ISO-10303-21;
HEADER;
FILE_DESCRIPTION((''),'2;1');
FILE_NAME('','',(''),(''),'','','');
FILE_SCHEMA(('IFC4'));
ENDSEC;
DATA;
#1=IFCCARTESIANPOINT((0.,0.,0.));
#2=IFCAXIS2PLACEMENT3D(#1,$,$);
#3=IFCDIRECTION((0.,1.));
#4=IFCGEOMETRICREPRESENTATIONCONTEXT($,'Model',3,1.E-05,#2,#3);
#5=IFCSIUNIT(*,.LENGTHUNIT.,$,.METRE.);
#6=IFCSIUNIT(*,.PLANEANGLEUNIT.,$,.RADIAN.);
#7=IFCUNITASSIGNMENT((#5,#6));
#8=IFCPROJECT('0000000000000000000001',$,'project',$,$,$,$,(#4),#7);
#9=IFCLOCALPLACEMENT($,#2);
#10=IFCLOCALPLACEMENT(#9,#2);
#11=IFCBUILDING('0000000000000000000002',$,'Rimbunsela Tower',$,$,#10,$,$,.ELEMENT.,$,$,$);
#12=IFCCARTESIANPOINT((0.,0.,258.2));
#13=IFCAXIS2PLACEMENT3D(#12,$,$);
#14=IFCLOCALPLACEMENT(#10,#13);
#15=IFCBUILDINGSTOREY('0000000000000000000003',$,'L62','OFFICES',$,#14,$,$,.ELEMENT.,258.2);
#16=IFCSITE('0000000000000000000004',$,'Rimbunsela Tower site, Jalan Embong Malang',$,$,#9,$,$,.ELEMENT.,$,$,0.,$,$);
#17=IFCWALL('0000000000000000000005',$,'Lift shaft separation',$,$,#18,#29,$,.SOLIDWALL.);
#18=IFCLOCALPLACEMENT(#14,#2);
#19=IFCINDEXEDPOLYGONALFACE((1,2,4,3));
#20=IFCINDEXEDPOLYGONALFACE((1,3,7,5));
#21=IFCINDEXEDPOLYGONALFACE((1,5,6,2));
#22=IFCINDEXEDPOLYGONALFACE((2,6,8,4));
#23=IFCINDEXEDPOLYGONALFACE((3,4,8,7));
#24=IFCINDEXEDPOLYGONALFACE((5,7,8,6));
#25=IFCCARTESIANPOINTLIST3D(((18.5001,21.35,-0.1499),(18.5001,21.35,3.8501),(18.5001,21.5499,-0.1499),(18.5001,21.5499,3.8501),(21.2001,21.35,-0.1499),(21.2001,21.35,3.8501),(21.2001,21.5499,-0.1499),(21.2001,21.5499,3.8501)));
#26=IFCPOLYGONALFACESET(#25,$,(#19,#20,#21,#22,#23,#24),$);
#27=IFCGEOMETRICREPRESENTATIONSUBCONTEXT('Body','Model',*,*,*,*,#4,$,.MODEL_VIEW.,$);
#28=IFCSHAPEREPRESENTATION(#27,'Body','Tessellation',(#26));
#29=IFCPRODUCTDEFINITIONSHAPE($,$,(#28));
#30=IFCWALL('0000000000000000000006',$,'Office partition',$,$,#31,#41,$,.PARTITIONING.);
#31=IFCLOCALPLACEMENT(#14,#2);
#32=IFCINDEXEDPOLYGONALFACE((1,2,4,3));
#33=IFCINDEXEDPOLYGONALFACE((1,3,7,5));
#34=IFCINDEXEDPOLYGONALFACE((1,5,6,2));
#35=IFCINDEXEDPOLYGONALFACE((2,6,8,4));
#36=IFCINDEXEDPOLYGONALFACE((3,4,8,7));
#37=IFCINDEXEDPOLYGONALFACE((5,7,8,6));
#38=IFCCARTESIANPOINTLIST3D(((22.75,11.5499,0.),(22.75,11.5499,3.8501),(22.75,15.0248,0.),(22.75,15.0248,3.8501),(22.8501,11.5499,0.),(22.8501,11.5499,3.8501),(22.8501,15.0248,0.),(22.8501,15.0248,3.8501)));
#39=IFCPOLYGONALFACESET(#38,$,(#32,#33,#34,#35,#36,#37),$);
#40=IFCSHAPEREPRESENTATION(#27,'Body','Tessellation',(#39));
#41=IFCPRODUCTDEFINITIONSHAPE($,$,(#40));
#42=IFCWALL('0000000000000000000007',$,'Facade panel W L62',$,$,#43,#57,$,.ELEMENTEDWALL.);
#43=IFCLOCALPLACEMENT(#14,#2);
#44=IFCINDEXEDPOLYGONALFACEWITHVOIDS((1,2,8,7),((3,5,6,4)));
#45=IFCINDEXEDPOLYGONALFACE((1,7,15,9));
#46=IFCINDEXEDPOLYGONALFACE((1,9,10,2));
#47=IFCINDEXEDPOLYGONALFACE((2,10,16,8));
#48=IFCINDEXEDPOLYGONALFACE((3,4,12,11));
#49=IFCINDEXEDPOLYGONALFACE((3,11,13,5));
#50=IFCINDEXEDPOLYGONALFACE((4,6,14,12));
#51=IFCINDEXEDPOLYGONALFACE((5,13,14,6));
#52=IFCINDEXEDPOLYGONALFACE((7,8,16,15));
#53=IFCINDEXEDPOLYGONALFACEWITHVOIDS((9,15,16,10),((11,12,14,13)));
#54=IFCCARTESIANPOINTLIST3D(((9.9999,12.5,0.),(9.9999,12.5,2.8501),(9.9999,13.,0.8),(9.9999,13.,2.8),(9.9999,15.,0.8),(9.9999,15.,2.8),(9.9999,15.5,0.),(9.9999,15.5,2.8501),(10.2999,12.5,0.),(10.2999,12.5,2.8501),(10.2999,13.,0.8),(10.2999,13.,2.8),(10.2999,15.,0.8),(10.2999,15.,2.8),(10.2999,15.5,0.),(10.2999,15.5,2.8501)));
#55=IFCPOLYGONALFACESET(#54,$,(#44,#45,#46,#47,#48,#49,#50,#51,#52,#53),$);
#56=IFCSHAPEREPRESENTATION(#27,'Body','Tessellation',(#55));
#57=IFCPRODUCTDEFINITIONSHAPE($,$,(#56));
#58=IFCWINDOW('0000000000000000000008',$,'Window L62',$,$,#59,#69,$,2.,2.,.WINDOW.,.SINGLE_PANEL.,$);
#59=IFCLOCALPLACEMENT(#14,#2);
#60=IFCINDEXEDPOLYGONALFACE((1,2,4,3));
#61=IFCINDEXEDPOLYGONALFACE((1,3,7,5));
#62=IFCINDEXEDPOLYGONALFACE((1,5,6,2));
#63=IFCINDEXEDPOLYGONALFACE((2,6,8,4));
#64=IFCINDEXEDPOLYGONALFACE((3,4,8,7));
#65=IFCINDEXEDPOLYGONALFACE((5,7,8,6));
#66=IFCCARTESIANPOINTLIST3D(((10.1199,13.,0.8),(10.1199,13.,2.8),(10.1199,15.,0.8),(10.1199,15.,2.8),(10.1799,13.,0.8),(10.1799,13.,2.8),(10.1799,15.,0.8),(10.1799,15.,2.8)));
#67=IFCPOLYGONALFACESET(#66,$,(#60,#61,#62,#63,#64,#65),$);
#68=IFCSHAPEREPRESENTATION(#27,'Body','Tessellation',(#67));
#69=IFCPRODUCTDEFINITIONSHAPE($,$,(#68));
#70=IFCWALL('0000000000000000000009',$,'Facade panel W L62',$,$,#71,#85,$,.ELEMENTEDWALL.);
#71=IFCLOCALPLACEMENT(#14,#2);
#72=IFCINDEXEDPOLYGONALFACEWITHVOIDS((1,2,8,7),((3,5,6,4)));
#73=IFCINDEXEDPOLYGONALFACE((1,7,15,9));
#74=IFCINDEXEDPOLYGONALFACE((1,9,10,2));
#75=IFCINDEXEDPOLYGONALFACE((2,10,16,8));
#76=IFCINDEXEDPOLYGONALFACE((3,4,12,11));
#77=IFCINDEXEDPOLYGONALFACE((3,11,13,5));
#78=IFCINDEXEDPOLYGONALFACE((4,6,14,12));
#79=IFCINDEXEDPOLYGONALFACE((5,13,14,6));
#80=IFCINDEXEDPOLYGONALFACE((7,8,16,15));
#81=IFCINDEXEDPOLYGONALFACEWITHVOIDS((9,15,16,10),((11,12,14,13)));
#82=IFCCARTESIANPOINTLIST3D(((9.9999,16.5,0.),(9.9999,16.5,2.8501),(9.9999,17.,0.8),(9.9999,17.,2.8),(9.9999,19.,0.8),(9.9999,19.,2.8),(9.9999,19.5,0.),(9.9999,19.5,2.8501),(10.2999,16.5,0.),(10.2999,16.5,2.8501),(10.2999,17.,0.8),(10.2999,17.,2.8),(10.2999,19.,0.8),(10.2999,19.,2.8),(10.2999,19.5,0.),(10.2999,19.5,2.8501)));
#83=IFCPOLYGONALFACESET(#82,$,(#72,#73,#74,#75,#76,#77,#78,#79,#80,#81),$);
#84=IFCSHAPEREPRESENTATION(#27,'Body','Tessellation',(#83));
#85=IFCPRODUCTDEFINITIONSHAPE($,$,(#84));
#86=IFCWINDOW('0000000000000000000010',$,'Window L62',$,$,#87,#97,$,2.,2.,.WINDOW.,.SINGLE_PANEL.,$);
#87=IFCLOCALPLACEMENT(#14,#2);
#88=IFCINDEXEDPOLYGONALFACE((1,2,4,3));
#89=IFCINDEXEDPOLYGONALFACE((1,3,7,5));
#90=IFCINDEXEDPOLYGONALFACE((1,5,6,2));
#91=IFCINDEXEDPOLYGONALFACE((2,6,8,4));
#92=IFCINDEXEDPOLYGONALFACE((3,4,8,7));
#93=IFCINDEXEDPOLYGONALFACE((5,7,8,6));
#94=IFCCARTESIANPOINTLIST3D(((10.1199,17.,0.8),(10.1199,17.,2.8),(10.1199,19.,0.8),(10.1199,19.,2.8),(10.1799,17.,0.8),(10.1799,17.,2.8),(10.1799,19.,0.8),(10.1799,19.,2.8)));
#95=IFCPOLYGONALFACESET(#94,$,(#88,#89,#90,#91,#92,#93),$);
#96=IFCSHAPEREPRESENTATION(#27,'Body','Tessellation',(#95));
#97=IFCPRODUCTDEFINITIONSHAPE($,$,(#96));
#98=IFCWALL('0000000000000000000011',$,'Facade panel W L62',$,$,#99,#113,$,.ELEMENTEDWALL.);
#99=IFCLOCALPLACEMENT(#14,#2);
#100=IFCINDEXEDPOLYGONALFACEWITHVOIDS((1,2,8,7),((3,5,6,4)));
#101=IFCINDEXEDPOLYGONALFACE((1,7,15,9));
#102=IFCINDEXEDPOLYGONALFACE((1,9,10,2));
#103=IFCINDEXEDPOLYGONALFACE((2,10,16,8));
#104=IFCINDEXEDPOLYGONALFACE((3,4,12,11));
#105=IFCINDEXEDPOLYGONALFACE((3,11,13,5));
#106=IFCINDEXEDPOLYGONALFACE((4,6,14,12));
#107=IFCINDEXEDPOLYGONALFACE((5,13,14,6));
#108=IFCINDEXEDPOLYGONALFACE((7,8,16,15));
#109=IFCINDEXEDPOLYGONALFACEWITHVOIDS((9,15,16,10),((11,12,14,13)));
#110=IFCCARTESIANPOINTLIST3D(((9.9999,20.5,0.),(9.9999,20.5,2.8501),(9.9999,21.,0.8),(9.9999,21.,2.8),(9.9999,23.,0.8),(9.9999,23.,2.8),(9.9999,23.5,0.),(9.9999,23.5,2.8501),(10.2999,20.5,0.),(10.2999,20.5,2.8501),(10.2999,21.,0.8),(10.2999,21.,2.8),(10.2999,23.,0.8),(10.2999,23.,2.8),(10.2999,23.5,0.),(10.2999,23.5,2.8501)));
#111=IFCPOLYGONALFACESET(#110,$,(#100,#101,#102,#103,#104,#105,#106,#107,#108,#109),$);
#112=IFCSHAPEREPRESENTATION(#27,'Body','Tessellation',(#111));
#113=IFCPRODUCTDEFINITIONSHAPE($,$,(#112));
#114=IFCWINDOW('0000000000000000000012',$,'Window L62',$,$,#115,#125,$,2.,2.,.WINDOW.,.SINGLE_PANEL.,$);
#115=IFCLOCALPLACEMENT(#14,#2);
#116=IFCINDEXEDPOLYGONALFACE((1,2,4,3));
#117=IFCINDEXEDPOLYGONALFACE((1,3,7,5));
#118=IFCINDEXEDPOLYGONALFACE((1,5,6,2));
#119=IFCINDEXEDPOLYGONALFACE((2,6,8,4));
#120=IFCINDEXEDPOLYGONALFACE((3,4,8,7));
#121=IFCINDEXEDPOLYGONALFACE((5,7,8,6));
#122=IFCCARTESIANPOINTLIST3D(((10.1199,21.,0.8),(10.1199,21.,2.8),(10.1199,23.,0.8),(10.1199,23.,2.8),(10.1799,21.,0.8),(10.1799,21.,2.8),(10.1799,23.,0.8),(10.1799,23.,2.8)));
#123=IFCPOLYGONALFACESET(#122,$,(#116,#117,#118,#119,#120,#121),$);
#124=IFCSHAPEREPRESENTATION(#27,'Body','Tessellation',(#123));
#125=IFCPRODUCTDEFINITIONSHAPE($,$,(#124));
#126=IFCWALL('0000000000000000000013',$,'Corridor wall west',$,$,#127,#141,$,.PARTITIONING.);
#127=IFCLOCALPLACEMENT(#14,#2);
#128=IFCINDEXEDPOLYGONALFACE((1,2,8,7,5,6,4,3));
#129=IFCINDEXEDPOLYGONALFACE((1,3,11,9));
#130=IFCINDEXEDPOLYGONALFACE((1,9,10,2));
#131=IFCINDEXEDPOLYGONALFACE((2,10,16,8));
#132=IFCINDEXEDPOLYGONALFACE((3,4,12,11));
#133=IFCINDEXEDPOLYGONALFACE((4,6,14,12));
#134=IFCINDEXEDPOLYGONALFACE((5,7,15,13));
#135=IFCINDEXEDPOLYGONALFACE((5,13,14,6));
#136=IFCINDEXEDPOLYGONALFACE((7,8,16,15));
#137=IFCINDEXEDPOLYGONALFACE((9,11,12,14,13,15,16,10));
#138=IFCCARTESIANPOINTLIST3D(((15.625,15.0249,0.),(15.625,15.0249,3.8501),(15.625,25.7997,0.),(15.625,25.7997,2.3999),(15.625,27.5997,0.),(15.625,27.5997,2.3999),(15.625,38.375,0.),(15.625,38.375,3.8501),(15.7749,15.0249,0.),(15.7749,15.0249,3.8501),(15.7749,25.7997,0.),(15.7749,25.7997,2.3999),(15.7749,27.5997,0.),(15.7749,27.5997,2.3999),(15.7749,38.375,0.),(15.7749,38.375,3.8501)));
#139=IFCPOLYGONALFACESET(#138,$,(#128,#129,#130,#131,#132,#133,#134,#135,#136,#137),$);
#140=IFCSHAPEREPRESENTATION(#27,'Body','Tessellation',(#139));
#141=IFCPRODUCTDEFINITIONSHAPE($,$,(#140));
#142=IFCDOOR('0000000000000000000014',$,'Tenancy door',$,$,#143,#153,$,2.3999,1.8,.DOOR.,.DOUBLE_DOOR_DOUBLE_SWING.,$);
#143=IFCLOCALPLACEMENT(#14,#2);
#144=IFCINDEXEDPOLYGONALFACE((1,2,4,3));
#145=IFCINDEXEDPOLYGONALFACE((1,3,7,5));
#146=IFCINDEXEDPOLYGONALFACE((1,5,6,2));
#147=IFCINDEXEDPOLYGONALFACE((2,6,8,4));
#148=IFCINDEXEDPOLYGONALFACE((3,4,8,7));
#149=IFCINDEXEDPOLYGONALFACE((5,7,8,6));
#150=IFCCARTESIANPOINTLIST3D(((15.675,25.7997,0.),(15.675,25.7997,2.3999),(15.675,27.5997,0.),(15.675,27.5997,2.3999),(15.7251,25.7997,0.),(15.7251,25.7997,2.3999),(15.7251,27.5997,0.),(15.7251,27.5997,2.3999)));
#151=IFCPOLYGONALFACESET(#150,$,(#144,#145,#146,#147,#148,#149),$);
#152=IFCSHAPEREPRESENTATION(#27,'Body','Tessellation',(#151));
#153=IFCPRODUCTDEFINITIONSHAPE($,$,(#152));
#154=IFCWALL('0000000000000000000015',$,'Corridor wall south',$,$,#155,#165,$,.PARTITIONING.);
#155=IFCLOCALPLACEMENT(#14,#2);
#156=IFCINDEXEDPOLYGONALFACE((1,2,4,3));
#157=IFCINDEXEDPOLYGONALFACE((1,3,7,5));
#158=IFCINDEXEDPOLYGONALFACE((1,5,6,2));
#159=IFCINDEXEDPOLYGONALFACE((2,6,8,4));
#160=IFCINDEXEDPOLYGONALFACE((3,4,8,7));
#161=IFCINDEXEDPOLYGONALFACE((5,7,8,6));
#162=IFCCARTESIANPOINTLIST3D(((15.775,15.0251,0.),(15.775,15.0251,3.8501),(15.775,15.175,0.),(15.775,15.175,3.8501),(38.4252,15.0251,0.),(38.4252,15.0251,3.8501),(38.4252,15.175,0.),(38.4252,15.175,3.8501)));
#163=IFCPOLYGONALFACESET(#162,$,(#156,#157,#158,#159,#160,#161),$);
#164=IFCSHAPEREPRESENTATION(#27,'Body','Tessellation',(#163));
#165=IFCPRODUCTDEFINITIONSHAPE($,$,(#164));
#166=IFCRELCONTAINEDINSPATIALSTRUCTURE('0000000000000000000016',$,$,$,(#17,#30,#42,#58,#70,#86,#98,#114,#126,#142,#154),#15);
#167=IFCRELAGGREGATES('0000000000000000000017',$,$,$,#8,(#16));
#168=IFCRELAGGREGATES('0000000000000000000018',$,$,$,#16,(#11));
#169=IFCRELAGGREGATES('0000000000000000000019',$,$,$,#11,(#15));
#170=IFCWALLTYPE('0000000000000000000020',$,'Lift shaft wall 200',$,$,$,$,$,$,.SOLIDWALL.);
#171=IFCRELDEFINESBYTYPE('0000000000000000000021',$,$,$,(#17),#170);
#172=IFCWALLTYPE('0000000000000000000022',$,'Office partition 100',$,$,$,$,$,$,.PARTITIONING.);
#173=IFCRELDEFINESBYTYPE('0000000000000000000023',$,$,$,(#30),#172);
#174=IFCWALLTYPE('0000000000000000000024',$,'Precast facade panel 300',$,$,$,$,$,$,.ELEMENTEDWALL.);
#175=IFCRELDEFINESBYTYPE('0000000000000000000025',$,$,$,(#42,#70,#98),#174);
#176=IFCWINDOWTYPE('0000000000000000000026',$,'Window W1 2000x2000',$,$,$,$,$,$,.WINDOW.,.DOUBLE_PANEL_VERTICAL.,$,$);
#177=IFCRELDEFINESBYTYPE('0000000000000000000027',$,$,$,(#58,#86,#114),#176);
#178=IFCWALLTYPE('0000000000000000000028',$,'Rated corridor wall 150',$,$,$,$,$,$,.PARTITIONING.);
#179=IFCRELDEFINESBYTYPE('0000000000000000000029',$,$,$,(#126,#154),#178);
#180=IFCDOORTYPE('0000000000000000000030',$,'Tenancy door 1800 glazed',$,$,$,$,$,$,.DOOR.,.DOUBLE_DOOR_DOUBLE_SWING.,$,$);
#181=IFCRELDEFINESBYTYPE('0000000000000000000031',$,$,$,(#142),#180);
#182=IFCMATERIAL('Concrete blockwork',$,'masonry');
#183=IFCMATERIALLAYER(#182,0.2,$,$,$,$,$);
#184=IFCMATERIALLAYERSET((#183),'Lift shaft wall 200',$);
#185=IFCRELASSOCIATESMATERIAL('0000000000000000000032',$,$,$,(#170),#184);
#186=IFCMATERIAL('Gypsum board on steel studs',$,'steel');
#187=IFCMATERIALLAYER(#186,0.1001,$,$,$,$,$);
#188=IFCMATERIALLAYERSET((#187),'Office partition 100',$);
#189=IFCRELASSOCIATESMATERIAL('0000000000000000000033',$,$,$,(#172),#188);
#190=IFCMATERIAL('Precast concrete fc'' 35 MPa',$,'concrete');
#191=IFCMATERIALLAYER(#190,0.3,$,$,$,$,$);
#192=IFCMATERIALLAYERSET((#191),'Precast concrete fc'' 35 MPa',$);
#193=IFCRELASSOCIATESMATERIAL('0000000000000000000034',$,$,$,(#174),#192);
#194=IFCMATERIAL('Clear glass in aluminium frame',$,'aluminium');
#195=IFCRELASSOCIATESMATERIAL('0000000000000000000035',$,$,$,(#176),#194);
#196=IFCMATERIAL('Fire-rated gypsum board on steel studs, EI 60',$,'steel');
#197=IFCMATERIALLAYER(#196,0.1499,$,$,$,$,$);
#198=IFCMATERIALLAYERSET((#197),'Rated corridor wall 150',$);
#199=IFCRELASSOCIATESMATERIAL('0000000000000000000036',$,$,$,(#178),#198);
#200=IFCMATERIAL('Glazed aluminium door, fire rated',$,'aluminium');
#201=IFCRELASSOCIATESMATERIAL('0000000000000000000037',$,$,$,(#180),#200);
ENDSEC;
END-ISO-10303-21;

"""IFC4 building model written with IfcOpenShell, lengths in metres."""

from ifc_helpers import new_model, si_unit, direction, frame, frame_2d, origin, place, context, subcontext, project, spatial, rectangle, extrude, material, layer, layer_set, type_object, element, fill, save


model = new_model("IFC4")

# Units and contexts
model_context = context("Model", 3, precision=1e-05, world=origin(), true_north=direction((0.0, 1.0)))
body_context = subcontext(model_context, "Body", "Model", "MODEL_VIEW")
ifc_project = project(units=[si_unit("LENGTHUNIT", "METRE"), si_unit("PLANEANGLEUNIT", "RADIAN")], contexts=[model_context])

# Site, building, storey
site_placement = place(None, origin())
site = spatial("IfcSite", under=ifc_project, at=site_placement, Name="Rimbunsela Tower site, Jalan Embong Malang", CompositionType="ELEMENT", RefElevation=0.0)
building_placement = place(site_placement, origin())
building = spatial("IfcBuilding", under=site, at=building_placement, Name="Rimbunsela Tower", CompositionType="ELEMENT")
storey_placement = place(building_placement, frame((0.0, 0.0, 258.2)))
storey = spatial("IfcBuildingStorey", under=building, at=storey_placement, Name="L62", Description="OFFICES", CompositionType="ELEMENT", Elevation=258.2)

# Walls
ifc_material_1 = material(Name="Concrete blockwork", Category="masonry")
ifc_layer_1 = layer(ifc_material_1, 0.2)
ifc_layer_set_1 = layer_set([ifc_layer_1], Name="Lift shaft wall 200")
wall_type_1 = type_object("IfcWallType", Name="Lift shaft wall 200", PredefinedType="SOLIDWALL", material=ifc_layer_set_1)
wall_1_placement = place(storey_placement, frame((18.5, 21.45, -0.1499), z_axis=(0.0, 0.0, 1.0), x_axis=(1.0, 0.0, 0.0)))
element("IfcWall", 1, at=wall_1_placement, inside=storey, type_object=wall_type_1, Name="Lift shaft separation", PredefinedType="SOLIDWALL", context=body_context, shape_type="SweptSolid", body=[
    extrude(rectangle(XDim=2.7, YDim=0.2, at=frame_2d((1.3501, 0.0))), origin(), (0.0, 0.0, 1.0), 4.0),
])
ifc_material_2 = material(Name="Gypsum board on steel studs", Category="steel")
ifc_layer_2 = layer(ifc_material_2, 0.1001)
ifc_layer_set_2 = layer_set([ifc_layer_2], Name="Office partition 100")
wall_type_2 = type_object("IfcWallType", Name="Office partition 100", PredefinedType="PARTITIONING", material=ifc_layer_set_2)
wall_2_placement = place(storey_placement, frame((22.8, 11.55, 0.0), z_axis=(0.0, 0.0, 1.0), x_axis=(0.0, 1.0, 0.0)))
element("IfcWall", 2, at=wall_2_placement, inside=storey, type_object=wall_type_2, Name="Office partition", PredefinedType="PARTITIONING", context=body_context, shape_type="SweptSolid", body=[
    extrude(rectangle(XDim=3.4749, YDim=0.1001, at=frame_2d((1.7373, 0.0))), origin(), (0.0, 0.0, 1.0), 3.8501),
])

# Walls, openings, windows
ifc_material_3 = material(Name="Precast concrete fc' 35 MPa", Category="concrete")
ifc_layer_3 = layer(ifc_material_3, 0.3)
ifc_layer_set_3 = layer_set([ifc_layer_3], Name="Precast concrete fc' 35 MPa")
wall_type_3 = type_object("IfcWallType", Name="Precast facade panel 300", PredefinedType="ELEMENTEDWALL", material=ifc_layer_set_3)
wall_3_placement = place(storey_placement, frame((10.1499, 15.5, 0.0), z_axis=(0.0, 0.0, 1.0), x_axis=(0.0, -1.0, 0.0)))
wall_3 = element("IfcWall", 3, at=wall_3_placement, inside=storey, type_object=wall_type_3, Name="Facade panel W L62", PredefinedType="ELEMENTEDWALL", context=body_context, shape_type="SweptSolid", body=[
    extrude(rectangle(XDim=3.0, YDim=0.3, at=frame_2d((1.5, 0.0))), origin(), (0.0, 0.0, 1.0), 2.8501),
])
opening_1_placement = place(wall_3_placement, frame((0.5, 0.0, 0.8)))
opening_1 = element("IfcOpeningElement", 4, at=opening_1_placement, cuts=wall_3, PredefinedType="OPENING", context=body_context, shape_type="SweptSolid", body=[
    extrude(rectangle(XDim=2.0, YDim=2.0, at=frame_2d((1.0, 1.0))), frame((0.0, 0.1599, 0.0), z_axis=(0.0, -1.0, 0.0), x_axis=(1.0, 0.0, 0.0)), (0.0, 0.0, 1.0), 0.3201),
])
ifc_material_4 = material(Name="Clear glass in aluminium frame", Category="aluminium")
window_type = type_object("IfcWindowType", Name="Window W1 2000x2000", PartitioningType="DOUBLE_PANEL_VERTICAL", PredefinedType="WINDOW", material=ifc_material_4)
window_1_placement = place(opening_1_placement, origin())
window_1 = element("IfcWindow", 5, at=window_1_placement, inside=storey, type_object=window_type, Name="Window L62", OverallHeight=2.0, OverallWidth=2.0, PartitioningType="SINGLE_PANEL", PredefinedType="WINDOW", context=body_context, shape_type="SweptSolid", body=[
    extrude(rectangle(XDim=2.0, YDim=2.0, at=frame_2d((1.0, 1.0))), frame((0.0, 0.03, 0.0), z_axis=(0.0, -1.0, 0.0), x_axis=(1.0, 0.0, 0.0)), (0.0, 0.0, 1.0), 0.0601),
])
fill(opening_1, window_1)
wall_4_placement = place(storey_placement, frame((10.1499, 19.5, 0.0), z_axis=(0.0, 0.0, 1.0), x_axis=(0.0, -1.0, 0.0)))
wall_4 = element("IfcWall", 6, at=wall_4_placement, inside=storey, type_object=wall_type_3, Name="Facade panel W L62", PredefinedType="ELEMENTEDWALL", context=body_context, shape_type="SweptSolid", body=[
    extrude(rectangle(XDim=3.0, YDim=0.3, at=frame_2d((1.5, 0.0))), origin(), (0.0, 0.0, 1.0), 2.8501),
])
opening_2_placement = place(wall_4_placement, frame((0.5, 0.0, 0.8)))
opening_2 = element("IfcOpeningElement", 7, at=opening_2_placement, cuts=wall_4, PredefinedType="OPENING", context=body_context, shape_type="SweptSolid", body=[
    extrude(rectangle(XDim=2.0, YDim=2.0, at=frame_2d((1.0, 1.0))), frame((0.0, 0.1599, 0.0), z_axis=(0.0, -1.0, 0.0), x_axis=(1.0, 0.0, 0.0)), (0.0, 0.0, 1.0), 0.3201),
])
window_2_placement = place(opening_2_placement, origin())
window_2 = element("IfcWindow", 8, at=window_2_placement, inside=storey, type_object=window_type, Name="Window L62", OverallHeight=2.0, OverallWidth=2.0, PartitioningType="SINGLE_PANEL", PredefinedType="WINDOW", context=body_context, shape_type="SweptSolid", body=[
    extrude(rectangle(XDim=2.0, YDim=2.0, at=frame_2d((1.0, 1.0))), frame((0.0, 0.03, 0.0), z_axis=(0.0, -1.0, 0.0), x_axis=(1.0, 0.0, 0.0)), (0.0, 0.0, 1.0), 0.0601),
])
fill(opening_2, window_2)
wall_5_placement = place(storey_placement, frame((10.1499, 23.5, 0.0), z_axis=(0.0, 0.0, 1.0), x_axis=(0.0, -1.0, 0.0)))
wall_5 = element("IfcWall", 9, at=wall_5_placement, inside=storey, type_object=wall_type_3, Name="Facade panel W L62", PredefinedType="ELEMENTEDWALL", context=body_context, shape_type="SweptSolid", body=[
    extrude(rectangle(XDim=3.0, YDim=0.3, at=frame_2d((1.5, 0.0))), origin(), (0.0, 0.0, 1.0), 2.8501),
])
opening_3_placement = place(wall_5_placement, frame((0.5, 0.0, 0.8)))
opening_3 = element("IfcOpeningElement", 10, at=opening_3_placement, cuts=wall_5, PredefinedType="OPENING", context=body_context, shape_type="SweptSolid", body=[
    extrude(rectangle(XDim=2.0, YDim=2.0, at=frame_2d((1.0, 1.0))), frame((0.0, 0.1599, 0.0), z_axis=(0.0, -1.0, 0.0), x_axis=(1.0, 0.0, 0.0)), (0.0, 0.0, 1.0), 0.3201),
])
window_3_placement = place(opening_3_placement, origin())
window_3 = element("IfcWindow", 11, at=window_3_placement, inside=storey, type_object=window_type, Name="Window L62", OverallHeight=2.0, OverallWidth=2.0, PartitioningType="SINGLE_PANEL", PredefinedType="WINDOW", context=body_context, shape_type="SweptSolid", body=[
    extrude(rectangle(XDim=2.0, YDim=2.0, at=frame_2d((1.0, 1.0))), frame((0.0, 0.03, 0.0), z_axis=(0.0, -1.0, 0.0), x_axis=(1.0, 0.0, 0.0)), (0.0, 0.0, 1.0), 0.0601),
])
fill(opening_3, window_3)

# Wall, opening, door
ifc_material_5 = material(Name="Fire-rated gypsum board on steel studs, EI 60", Category="steel")
ifc_layer_4 = layer(ifc_material_5, 0.1499)
ifc_layer_set_4 = layer_set([ifc_layer_4], Name="Rated corridor wall 150")
wall_type_4 = type_object("IfcWallType", Name="Rated corridor wall 150", PredefinedType="PARTITIONING", material=ifc_layer_set_4)
wall_6_placement = place(storey_placement, frame((15.7, 15.0249, 0.0), z_axis=(0.0, 0.0, 1.0), x_axis=(0.0, 1.0, 0.0)))
wall_6 = element("IfcWall", 12, at=wall_6_placement, inside=storey, type_object=wall_type_4, Name="Corridor wall west", PredefinedType="PARTITIONING", context=body_context, shape_type="SweptSolid", body=[
    extrude(rectangle(XDim=23.3501, YDim=0.1499, at=frame_2d((11.675, 0.0))), origin(), (0.0, 0.0, 1.0), 3.8501),
])
opening_4_placement = place(wall_6_placement, frame((10.7749, 0.0, 0.0)))
opening_4 = element("IfcOpeningElement", 13, at=opening_4_placement, cuts=wall_6, PredefinedType="OPENING", context=body_context, shape_type="SweptSolid", body=[
    extrude(rectangle(XDim=1.8, YDim=2.3999, at=frame_2d((0.8999, 1.2))), frame((0.0, 0.085, 0.0), z_axis=(0.0, -1.0, 0.0), x_axis=(1.0, 0.0, 0.0)), (0.0, 0.0, 1.0), 0.1699),
])
ifc_material_6 = material(Name="Glazed aluminium door, fire rated", Category="aluminium")
door_type_1 = type_object("IfcDoorType", Name="Tenancy door 1800 glazed", OperationType="DOUBLE_DOOR_DOUBLE_SWING", PredefinedType="DOOR", material=ifc_material_6)
door_1_placement = place(opening_4_placement, origin())
door_1 = element("IfcDoor", 14, at=door_1_placement, inside=storey, type_object=door_type_1, Name="Tenancy door", OperationType="DOUBLE_DOOR_DOUBLE_SWING", OverallHeight=2.3999, OverallWidth=1.8, PredefinedType="DOOR", context=body_context, shape_type="SweptSolid", body=[
    extrude(rectangle(XDim=1.8, YDim=2.3999, at=frame_2d((0.8999, 1.2))), frame((0.0, 0.0249, 0.0), z_axis=(0.0, -1.0, 0.0), x_axis=(1.0, 0.0, 0.0)), (0.0, 0.0, 1.0), 0.05),
])
fill(opening_4, door_1)

# Wall
wall_7_placement = place(storey_placement, frame((15.7749, 15.1001, 0.0), z_axis=(0.0, 0.0, 1.0), x_axis=(1.0, 0.0, 0.0)))
element("IfcWall", 15, at=wall_7_placement, inside=storey, type_object=wall_type_4, Name="Corridor wall south", PredefinedType="PARTITIONING", context=body_context, shape_type="SweptSolid", body=[
    extrude(rectangle(XDim=22.6501, YDim=0.1499, at=frame_2d((11.3252, 0.0))), origin(), (0.0, 0.0, 1.0), 3.8501),
])

save(model, "model.ifc")
